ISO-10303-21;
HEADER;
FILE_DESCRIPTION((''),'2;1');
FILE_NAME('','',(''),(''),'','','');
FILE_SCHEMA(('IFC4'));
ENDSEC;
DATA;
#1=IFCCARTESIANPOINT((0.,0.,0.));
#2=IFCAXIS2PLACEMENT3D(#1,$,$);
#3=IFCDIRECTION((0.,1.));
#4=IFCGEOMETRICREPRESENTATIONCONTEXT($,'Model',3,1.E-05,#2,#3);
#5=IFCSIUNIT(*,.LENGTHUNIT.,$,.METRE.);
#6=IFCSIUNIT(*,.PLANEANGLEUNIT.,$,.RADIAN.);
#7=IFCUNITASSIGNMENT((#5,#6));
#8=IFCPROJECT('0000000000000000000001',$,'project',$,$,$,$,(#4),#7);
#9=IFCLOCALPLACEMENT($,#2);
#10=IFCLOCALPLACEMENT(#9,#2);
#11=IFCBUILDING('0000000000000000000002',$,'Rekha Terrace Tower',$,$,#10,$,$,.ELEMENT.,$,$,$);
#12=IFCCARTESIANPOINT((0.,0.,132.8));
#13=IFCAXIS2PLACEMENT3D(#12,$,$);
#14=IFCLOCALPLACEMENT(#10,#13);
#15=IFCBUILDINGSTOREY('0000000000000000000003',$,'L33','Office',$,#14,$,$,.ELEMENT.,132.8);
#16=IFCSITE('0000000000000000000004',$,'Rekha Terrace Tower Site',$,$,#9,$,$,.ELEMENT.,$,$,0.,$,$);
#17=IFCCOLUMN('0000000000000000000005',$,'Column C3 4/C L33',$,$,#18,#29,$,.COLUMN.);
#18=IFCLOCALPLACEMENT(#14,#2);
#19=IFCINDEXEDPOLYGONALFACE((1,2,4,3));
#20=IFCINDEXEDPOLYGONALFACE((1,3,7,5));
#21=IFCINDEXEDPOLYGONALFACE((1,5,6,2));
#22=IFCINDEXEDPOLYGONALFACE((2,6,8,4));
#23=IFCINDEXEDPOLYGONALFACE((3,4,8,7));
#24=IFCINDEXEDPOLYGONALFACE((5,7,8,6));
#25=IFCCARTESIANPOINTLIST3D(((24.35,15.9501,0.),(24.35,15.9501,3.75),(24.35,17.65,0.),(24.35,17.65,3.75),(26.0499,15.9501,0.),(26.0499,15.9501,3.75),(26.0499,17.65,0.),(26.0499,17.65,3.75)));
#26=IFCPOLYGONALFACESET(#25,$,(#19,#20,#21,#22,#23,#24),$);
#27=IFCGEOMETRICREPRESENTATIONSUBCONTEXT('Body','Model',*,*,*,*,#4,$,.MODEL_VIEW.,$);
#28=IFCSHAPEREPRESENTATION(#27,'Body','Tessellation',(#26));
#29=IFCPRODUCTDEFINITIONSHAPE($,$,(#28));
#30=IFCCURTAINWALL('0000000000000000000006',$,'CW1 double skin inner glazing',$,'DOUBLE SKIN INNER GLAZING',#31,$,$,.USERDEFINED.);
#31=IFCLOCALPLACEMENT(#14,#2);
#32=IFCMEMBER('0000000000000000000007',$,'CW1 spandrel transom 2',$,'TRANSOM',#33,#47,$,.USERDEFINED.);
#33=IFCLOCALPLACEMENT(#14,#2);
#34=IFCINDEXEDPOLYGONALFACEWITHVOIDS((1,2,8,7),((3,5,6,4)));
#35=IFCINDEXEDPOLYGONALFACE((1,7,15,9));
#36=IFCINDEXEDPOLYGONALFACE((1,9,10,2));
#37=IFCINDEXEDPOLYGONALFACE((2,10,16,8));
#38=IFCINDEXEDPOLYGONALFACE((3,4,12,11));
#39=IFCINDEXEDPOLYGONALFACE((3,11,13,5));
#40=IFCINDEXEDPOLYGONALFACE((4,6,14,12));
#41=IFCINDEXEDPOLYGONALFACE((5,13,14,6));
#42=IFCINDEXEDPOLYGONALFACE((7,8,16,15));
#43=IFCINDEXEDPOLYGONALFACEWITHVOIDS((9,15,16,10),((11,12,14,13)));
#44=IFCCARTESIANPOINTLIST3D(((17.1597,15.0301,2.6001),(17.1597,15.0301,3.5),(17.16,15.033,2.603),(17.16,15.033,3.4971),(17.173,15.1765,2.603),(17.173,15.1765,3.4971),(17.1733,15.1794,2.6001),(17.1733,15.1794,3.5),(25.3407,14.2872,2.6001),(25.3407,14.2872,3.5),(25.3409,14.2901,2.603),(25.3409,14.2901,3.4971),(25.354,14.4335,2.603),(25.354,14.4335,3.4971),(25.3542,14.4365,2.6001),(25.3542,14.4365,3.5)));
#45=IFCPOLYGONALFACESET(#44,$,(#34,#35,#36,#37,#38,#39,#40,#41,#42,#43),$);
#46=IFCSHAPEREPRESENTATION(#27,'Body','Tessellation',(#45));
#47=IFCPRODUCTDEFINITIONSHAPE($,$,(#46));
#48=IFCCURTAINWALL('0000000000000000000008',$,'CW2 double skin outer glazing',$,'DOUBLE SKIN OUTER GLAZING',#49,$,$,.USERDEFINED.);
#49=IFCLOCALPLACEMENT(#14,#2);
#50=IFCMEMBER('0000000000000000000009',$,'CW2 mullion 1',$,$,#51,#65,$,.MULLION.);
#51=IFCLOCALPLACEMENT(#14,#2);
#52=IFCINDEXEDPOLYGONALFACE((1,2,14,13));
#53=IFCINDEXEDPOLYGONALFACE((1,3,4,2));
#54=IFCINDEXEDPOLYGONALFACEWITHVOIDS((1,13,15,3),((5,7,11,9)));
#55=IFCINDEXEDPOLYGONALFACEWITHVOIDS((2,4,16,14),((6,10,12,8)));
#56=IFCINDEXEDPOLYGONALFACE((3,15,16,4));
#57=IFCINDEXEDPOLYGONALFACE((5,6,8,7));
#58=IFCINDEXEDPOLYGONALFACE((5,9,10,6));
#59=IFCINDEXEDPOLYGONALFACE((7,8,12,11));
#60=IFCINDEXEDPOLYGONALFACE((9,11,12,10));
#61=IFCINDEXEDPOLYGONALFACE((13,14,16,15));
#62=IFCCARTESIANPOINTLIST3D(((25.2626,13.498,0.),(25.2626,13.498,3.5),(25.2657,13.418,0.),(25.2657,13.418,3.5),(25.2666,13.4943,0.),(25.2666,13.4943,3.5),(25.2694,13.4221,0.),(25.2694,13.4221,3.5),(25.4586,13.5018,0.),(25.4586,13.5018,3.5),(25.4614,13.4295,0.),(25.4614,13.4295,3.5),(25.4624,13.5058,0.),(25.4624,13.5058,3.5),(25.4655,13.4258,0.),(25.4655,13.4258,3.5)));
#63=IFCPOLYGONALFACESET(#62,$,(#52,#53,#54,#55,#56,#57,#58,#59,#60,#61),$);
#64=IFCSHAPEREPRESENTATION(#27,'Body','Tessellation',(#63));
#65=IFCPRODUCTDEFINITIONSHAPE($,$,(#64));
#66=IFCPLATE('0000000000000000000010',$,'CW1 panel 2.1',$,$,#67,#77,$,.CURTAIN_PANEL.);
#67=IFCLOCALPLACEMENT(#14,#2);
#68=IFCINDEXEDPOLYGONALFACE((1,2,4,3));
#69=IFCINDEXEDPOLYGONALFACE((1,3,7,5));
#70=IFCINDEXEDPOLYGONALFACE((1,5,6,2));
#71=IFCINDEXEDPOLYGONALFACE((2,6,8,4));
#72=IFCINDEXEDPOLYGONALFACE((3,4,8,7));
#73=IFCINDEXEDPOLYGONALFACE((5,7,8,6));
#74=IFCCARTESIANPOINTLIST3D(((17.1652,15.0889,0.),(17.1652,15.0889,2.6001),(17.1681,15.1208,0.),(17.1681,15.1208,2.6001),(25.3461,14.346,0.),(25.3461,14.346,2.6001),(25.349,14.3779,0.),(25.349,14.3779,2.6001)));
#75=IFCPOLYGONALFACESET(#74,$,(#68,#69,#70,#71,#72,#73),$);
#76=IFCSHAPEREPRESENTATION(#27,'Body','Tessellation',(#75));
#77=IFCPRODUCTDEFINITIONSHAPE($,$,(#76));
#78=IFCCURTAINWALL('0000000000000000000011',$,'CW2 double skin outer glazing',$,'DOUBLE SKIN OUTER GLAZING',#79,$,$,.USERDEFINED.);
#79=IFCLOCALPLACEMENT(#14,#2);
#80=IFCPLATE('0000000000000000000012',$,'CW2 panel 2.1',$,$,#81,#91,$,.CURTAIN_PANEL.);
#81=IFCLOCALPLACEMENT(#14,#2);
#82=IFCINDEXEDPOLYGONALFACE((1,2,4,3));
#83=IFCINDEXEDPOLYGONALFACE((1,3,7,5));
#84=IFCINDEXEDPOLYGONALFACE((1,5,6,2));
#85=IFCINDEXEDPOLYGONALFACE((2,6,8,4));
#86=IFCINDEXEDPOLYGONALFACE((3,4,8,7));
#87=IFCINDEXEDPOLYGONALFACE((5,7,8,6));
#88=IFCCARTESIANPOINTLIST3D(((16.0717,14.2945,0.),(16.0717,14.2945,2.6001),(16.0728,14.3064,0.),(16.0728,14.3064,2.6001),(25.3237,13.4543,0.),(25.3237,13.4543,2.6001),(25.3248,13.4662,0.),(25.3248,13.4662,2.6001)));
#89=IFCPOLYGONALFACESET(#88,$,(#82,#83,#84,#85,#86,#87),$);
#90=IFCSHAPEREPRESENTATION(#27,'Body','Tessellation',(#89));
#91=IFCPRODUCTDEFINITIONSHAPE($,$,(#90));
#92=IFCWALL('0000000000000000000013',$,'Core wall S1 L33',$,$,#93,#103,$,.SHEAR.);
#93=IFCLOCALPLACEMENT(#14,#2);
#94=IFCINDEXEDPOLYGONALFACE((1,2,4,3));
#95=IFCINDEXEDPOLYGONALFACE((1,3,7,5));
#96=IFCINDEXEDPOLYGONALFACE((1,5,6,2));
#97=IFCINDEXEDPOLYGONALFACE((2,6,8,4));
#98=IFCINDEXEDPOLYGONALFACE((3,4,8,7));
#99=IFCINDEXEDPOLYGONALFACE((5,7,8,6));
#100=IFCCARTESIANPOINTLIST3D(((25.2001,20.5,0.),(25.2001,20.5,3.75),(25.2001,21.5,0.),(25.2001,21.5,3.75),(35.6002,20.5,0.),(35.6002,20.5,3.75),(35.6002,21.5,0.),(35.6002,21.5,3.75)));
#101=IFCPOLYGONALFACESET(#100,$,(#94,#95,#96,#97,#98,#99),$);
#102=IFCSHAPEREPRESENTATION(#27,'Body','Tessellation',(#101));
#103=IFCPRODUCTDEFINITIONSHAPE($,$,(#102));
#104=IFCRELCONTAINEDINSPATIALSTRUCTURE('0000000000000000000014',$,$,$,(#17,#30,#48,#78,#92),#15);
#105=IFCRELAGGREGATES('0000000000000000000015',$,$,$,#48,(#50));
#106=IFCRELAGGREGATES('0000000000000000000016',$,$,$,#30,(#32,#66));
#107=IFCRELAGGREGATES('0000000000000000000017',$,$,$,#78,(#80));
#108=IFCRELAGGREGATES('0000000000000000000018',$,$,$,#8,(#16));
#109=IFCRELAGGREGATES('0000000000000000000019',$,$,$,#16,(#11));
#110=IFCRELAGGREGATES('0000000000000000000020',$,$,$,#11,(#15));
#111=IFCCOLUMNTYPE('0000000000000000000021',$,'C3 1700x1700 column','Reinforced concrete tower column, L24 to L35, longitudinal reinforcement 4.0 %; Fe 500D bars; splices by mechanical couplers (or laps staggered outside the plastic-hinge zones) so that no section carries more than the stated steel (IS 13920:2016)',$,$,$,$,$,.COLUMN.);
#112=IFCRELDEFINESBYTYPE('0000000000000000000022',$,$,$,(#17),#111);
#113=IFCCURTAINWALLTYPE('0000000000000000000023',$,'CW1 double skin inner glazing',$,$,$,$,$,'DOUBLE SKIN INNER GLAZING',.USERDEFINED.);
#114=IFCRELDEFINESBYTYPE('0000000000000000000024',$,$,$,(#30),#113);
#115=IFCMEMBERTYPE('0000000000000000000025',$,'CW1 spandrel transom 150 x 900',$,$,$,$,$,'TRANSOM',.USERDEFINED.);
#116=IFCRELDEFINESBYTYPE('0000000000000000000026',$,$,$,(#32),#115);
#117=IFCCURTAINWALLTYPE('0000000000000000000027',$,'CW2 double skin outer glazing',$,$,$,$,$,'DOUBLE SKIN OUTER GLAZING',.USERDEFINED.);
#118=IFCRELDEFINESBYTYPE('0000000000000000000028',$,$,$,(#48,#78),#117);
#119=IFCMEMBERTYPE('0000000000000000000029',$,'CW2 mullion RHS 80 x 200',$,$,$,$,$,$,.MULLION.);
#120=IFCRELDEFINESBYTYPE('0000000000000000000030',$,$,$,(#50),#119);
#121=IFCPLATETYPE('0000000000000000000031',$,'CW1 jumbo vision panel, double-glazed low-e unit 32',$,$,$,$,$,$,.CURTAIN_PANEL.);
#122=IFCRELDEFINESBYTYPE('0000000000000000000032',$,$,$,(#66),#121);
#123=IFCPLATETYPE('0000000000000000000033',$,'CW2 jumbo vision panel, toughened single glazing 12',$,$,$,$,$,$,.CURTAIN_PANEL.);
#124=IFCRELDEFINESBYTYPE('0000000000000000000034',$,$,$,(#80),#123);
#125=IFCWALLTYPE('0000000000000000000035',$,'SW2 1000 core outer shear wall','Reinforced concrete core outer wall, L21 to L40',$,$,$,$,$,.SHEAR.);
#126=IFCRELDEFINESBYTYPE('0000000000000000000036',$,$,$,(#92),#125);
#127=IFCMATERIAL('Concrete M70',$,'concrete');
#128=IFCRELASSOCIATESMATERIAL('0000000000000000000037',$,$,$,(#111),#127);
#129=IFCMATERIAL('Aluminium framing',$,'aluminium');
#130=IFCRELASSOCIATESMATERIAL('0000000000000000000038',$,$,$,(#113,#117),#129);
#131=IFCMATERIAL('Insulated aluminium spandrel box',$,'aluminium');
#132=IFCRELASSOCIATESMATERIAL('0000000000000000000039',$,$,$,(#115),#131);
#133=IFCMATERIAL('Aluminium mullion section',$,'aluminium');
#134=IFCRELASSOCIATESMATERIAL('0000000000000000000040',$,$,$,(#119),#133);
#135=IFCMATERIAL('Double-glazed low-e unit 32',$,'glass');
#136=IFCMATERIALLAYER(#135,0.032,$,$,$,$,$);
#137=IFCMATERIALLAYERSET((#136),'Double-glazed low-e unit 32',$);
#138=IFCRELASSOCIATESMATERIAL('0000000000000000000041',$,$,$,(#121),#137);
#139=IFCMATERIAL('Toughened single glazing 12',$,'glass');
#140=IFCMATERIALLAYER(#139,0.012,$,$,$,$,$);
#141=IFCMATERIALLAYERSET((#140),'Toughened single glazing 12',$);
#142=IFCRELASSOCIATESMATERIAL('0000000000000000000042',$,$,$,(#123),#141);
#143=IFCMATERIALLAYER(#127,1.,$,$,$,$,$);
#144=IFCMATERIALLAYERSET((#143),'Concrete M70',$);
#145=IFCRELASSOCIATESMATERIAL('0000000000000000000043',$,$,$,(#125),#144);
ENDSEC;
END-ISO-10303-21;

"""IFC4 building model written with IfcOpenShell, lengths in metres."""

from ifc_helpers import new_model, si_unit, direction, frame, frame_2d, origin, origin_2d, place, context, subcontext, project, spatial, rectangle, hollow_rectangle, extrude, material, layer, layer_set, material_profile, profile_set, type_object, element, aggregate, save


model = new_model("IFC4")

# Units and contexts
model_context = context("Model", 3, precision=1e-05, world=origin(), true_north=direction((0.0, 1.0)))
body_context = subcontext(model_context, "Body", "Model", "MODEL_VIEW")
ifc_project = project(units=[si_unit("LENGTHUNIT", "METRE"), si_unit("PLANEANGLEUNIT", "RADIAN")], contexts=[model_context])

# Site, building, storey
site_placement = place(None, origin())
site = spatial("IfcSite", under=ifc_project, at=site_placement, Name="Rekha Terrace Tower Site", CompositionType="ELEMENT", RefElevation=0.0)
building_placement = place(site_placement, origin())
building = spatial("IfcBuilding", under=site, at=building_placement, Name="Rekha Terrace Tower", CompositionType="ELEMENT")
storey_placement = place(building_placement, frame((0.0, 0.0, 132.8)))
storey = spatial("IfcBuildingStorey", under=building, at=storey_placement, Name="L33", Description="Office", CompositionType="ELEMENT", Elevation=132.8)

# Column
ifc_material_1 = material(Name="Concrete M70", Category="concrete")
ifc_material_profile_1 = material_profile(ifc_material_1, rectangle(XDim=1.7, YDim=1.7, at=origin_2d()), Name="RC 1700x1700")
ifc_profile_set_1 = profile_set([ifc_material_profile_1], Name="Concrete M70")
column_type = type_object("IfcColumnType", Name="C3 1700x1700 column", Description="Reinforced concrete tower column, L24 to L35, longitudinal reinforcement 4.0 %; Fe 500D bars; splices by mechanical couplers (or laps staggered outside the plastic-hinge zones) so that no section carries more than the stated steel (IS 13920:2016)", PredefinedType="COLUMN", material=ifc_profile_set_1)
column_placement = place(storey_placement, frame((25.2, 16.8, 0.0), z_axis=(0.0, 0.0, 1.0), x_axis=(1.0, 0.0, 0.0)))
element("IfcColumn", 1, at=column_placement, inside=storey, type_object=column_type, Name="Column C3 4/C L33", PredefinedType="COLUMN", context=body_context, shape_type="SweptSolid", body=[
    extrude(rectangle(XDim=1.7, YDim=1.7, at=origin_2d()), origin(), (0.0, 0.0, 1.0), 3.75),
])

# Curtain walls, members
ifc_material_2 = material(Name="Aluminium framing", Category="aluminium")
curtain_wall_type_1 = type_object("IfcCurtainWallType", Name="CW1 double skin inner glazing", ElementType="DOUBLE SKIN INNER GLAZING", PredefinedType="USERDEFINED", material=ifc_material_2)
curtain_wall_1_placement = place(storey_placement, origin())
curtain_wall_1 = element("IfcCurtainWall", 2, at=curtain_wall_1_placement, inside=storey, type_object=curtain_wall_type_1, Name="CW1 double skin inner glazing", ObjectType="DOUBLE SKIN INNER GLAZING", PredefinedType="USERDEFINED")
ifc_material_3 = material(Name="Insulated aluminium spandrel box", Category="aluminium")
ifc_material_profile_2 = material_profile(ifc_material_3, hollow_rectangle(XDim=0.1499, YDim=0.8999, WallThickness=0.0029, at=origin_2d()), Name="AL SPANDREL BOX 150x900")
ifc_profile_set_2 = profile_set([ifc_material_profile_2], Name="Insulated aluminium spandrel box")
member_type_1 = type_object("IfcMemberType", Name="CW1 spandrel transom 150 x 900", ElementType="TRANSOM", PredefinedType="USERDEFINED", material=ifc_profile_set_2)
member_1_placement = place(storey_placement, frame((17.1665, 15.1047, 3.05), z_axis=(0.995902, -0.090439, 0.0), x_axis=(0.090439, 0.995902, 0.0)))
member_1 = element("IfcMember", 3, at=member_1_placement, type_object=member_type_1, Name="CW1 spandrel transom 2", ObjectType="TRANSOM", PredefinedType="USERDEFINED", context=body_context, shape_type="SweptSolid", body=[
    extrude(hollow_rectangle(XDim=0.1499, YDim=0.8999, WallThickness=0.0029, at=origin_2d()), origin(), (0.0, 0.0, 1.0), 8.2146),
])
curtain_wall_type_2 = type_object("IfcCurtainWallType", Name="CW2 double skin outer glazing", ElementType="DOUBLE SKIN OUTER GLAZING", PredefinedType="USERDEFINED", material=ifc_material_2)
curtain_wall_2_placement = place(storey_placement, origin())
curtain_wall_2 = element("IfcCurtainWall", 4, at=curtain_wall_2_placement, inside=storey, type_object=curtain_wall_type_2, Name="CW2 double skin outer glazing", ObjectType="DOUBLE SKIN OUTER GLAZING", PredefinedType="USERDEFINED")
ifc_material_4 = material(Name="Aluminium mullion section", Category="aluminium")
ifc_material_profile_3 = material_profile(ifc_material_4, hollow_rectangle(XDim=0.0801, YDim=0.2, WallThickness=0.0039, at=origin_2d()), Name="AL RHS 80x200")
ifc_profile_set_3 = profile_set([ifc_material_profile_3], Name="Aluminium mullion section")
member_type_2 = type_object("IfcMemberType", Name="CW2 mullion RHS 80 x 200", PredefinedType="MULLION", material=ifc_profile_set_3)
member_2_placement = place(storey_placement, frame((25.364, 13.4619, 0.0), z_axis=(0.0, 0.0, 1.0), x_axis=(-0.03889, 0.999243, 0.0)))
member_2 = element("IfcMember", 5, at=member_2_placement, type_object=member_type_2, Name="CW2 mullion 1", PredefinedType="MULLION", context=body_context, shape_type="SweptSolid", body=[
    extrude(hollow_rectangle(XDim=0.0801, YDim=0.2, WallThickness=0.0039, at=origin_2d()), origin(), (0.0, 0.0, 1.0), 3.5),
])
aggregate(curtain_wall_2, [member_2])

# Plate
ifc_material_5 = material(Name="Double-glazed low-e unit 32", Category="glass")
ifc_layer_1 = layer(ifc_material_5, 0.032)
ifc_layer_set_1 = layer_set([ifc_layer_1], Name="Double-glazed low-e unit 32")
plate_type_1 = type_object("IfcPlateType", Name="CW1 jumbo vision panel, double-glazed low-e unit 32", PredefinedType="CURTAIN_PANEL", material=ifc_layer_set_1)
plate_1_placement = place(storey_placement, frame((21.2571, 14.7334, 0.0), z_axis=(0.0, 0.0, 1.0), x_axis=(0.995902, -0.09044, 0.0)))
plate_1 = element("IfcPlate", 6, at=plate_1_placement, type_object=plate_type_1, Name="CW1 panel 2.1", PredefinedType="CURTAIN_PANEL", context=body_context, shape_type="SweptSolid", body=[
    extrude(rectangle(XDim=8.2146, YDim=0.032, at=origin_2d()), origin(), (0.0, 0.0, 1.0), 2.6001),
])
aggregate(curtain_wall_1, [member_1, plate_1])

# Curtain wall, plate
curtain_wall_3_placement = place(storey_placement, origin())
curtain_wall_3 = element("IfcCurtainWall", 7, at=curtain_wall_3_placement, inside=storey, type_object=curtain_wall_type_2, Name="CW2 double skin outer glazing", ObjectType="DOUBLE SKIN OUTER GLAZING", PredefinedType="USERDEFINED")
ifc_material_6 = material(Name="Toughened single glazing 12", Category="glass")
ifc_layer_2 = layer(ifc_material_6, 0.012)
ifc_layer_set_2 = layer_set([ifc_layer_2], Name="Toughened single glazing 12")
plate_type_2 = type_object("IfcPlateType", Name="CW2 jumbo vision panel, toughened single glazing 12", PredefinedType="CURTAIN_PANEL", material=ifc_layer_set_2)
plate_2_placement = place(storey_placement, frame((20.6982, 13.8804, 0.0), z_axis=(0.0, 0.0, 1.0), x_axis=(0.995902, -0.09044, 0.0)))
plate_2 = element("IfcPlate", 8, at=plate_2_placement, type_object=plate_type_2, Name="CW2 panel 2.1", PredefinedType="CURTAIN_PANEL", context=body_context, shape_type="SweptSolid", body=[
    extrude(rectangle(XDim=9.29, YDim=0.012, at=origin_2d()), origin(), (0.0, 0.0, 1.0), 2.6001),
])
aggregate(curtain_wall_3, [plate_2])

# Wall
ifc_layer_3 = layer(ifc_material_1, 1.0)
ifc_layer_set_3 = layer_set([ifc_layer_3], Name="Concrete M70")
wall_type_1 = type_object("IfcWallType", Name="SW2 1000 core outer shear wall", Description="Reinforced concrete core outer wall, L21 to L40", PredefinedType="SHEAR", material=ifc_layer_set_3)
wall_1_placement = place(storey_placement, frame((25.2, 21.0, 0.0), z_axis=(0.0, 0.0, 1.0), x_axis=(1.0, 0.0, 0.0)))
element("IfcWall", 9, at=wall_1_placement, inside=storey, type_object=wall_type_1, Name="Core wall S1 L33", PredefinedType="SHEAR", context=body_context, shape_type="SweptSolid", body=[
    extrude(rectangle(XDim=10.4001, YDim=1.0, at=frame_2d((5.2002, 0.0))), origin(), (0.0, 0.0, 1.0), 3.75),
])

save(model, "model.ifc")
